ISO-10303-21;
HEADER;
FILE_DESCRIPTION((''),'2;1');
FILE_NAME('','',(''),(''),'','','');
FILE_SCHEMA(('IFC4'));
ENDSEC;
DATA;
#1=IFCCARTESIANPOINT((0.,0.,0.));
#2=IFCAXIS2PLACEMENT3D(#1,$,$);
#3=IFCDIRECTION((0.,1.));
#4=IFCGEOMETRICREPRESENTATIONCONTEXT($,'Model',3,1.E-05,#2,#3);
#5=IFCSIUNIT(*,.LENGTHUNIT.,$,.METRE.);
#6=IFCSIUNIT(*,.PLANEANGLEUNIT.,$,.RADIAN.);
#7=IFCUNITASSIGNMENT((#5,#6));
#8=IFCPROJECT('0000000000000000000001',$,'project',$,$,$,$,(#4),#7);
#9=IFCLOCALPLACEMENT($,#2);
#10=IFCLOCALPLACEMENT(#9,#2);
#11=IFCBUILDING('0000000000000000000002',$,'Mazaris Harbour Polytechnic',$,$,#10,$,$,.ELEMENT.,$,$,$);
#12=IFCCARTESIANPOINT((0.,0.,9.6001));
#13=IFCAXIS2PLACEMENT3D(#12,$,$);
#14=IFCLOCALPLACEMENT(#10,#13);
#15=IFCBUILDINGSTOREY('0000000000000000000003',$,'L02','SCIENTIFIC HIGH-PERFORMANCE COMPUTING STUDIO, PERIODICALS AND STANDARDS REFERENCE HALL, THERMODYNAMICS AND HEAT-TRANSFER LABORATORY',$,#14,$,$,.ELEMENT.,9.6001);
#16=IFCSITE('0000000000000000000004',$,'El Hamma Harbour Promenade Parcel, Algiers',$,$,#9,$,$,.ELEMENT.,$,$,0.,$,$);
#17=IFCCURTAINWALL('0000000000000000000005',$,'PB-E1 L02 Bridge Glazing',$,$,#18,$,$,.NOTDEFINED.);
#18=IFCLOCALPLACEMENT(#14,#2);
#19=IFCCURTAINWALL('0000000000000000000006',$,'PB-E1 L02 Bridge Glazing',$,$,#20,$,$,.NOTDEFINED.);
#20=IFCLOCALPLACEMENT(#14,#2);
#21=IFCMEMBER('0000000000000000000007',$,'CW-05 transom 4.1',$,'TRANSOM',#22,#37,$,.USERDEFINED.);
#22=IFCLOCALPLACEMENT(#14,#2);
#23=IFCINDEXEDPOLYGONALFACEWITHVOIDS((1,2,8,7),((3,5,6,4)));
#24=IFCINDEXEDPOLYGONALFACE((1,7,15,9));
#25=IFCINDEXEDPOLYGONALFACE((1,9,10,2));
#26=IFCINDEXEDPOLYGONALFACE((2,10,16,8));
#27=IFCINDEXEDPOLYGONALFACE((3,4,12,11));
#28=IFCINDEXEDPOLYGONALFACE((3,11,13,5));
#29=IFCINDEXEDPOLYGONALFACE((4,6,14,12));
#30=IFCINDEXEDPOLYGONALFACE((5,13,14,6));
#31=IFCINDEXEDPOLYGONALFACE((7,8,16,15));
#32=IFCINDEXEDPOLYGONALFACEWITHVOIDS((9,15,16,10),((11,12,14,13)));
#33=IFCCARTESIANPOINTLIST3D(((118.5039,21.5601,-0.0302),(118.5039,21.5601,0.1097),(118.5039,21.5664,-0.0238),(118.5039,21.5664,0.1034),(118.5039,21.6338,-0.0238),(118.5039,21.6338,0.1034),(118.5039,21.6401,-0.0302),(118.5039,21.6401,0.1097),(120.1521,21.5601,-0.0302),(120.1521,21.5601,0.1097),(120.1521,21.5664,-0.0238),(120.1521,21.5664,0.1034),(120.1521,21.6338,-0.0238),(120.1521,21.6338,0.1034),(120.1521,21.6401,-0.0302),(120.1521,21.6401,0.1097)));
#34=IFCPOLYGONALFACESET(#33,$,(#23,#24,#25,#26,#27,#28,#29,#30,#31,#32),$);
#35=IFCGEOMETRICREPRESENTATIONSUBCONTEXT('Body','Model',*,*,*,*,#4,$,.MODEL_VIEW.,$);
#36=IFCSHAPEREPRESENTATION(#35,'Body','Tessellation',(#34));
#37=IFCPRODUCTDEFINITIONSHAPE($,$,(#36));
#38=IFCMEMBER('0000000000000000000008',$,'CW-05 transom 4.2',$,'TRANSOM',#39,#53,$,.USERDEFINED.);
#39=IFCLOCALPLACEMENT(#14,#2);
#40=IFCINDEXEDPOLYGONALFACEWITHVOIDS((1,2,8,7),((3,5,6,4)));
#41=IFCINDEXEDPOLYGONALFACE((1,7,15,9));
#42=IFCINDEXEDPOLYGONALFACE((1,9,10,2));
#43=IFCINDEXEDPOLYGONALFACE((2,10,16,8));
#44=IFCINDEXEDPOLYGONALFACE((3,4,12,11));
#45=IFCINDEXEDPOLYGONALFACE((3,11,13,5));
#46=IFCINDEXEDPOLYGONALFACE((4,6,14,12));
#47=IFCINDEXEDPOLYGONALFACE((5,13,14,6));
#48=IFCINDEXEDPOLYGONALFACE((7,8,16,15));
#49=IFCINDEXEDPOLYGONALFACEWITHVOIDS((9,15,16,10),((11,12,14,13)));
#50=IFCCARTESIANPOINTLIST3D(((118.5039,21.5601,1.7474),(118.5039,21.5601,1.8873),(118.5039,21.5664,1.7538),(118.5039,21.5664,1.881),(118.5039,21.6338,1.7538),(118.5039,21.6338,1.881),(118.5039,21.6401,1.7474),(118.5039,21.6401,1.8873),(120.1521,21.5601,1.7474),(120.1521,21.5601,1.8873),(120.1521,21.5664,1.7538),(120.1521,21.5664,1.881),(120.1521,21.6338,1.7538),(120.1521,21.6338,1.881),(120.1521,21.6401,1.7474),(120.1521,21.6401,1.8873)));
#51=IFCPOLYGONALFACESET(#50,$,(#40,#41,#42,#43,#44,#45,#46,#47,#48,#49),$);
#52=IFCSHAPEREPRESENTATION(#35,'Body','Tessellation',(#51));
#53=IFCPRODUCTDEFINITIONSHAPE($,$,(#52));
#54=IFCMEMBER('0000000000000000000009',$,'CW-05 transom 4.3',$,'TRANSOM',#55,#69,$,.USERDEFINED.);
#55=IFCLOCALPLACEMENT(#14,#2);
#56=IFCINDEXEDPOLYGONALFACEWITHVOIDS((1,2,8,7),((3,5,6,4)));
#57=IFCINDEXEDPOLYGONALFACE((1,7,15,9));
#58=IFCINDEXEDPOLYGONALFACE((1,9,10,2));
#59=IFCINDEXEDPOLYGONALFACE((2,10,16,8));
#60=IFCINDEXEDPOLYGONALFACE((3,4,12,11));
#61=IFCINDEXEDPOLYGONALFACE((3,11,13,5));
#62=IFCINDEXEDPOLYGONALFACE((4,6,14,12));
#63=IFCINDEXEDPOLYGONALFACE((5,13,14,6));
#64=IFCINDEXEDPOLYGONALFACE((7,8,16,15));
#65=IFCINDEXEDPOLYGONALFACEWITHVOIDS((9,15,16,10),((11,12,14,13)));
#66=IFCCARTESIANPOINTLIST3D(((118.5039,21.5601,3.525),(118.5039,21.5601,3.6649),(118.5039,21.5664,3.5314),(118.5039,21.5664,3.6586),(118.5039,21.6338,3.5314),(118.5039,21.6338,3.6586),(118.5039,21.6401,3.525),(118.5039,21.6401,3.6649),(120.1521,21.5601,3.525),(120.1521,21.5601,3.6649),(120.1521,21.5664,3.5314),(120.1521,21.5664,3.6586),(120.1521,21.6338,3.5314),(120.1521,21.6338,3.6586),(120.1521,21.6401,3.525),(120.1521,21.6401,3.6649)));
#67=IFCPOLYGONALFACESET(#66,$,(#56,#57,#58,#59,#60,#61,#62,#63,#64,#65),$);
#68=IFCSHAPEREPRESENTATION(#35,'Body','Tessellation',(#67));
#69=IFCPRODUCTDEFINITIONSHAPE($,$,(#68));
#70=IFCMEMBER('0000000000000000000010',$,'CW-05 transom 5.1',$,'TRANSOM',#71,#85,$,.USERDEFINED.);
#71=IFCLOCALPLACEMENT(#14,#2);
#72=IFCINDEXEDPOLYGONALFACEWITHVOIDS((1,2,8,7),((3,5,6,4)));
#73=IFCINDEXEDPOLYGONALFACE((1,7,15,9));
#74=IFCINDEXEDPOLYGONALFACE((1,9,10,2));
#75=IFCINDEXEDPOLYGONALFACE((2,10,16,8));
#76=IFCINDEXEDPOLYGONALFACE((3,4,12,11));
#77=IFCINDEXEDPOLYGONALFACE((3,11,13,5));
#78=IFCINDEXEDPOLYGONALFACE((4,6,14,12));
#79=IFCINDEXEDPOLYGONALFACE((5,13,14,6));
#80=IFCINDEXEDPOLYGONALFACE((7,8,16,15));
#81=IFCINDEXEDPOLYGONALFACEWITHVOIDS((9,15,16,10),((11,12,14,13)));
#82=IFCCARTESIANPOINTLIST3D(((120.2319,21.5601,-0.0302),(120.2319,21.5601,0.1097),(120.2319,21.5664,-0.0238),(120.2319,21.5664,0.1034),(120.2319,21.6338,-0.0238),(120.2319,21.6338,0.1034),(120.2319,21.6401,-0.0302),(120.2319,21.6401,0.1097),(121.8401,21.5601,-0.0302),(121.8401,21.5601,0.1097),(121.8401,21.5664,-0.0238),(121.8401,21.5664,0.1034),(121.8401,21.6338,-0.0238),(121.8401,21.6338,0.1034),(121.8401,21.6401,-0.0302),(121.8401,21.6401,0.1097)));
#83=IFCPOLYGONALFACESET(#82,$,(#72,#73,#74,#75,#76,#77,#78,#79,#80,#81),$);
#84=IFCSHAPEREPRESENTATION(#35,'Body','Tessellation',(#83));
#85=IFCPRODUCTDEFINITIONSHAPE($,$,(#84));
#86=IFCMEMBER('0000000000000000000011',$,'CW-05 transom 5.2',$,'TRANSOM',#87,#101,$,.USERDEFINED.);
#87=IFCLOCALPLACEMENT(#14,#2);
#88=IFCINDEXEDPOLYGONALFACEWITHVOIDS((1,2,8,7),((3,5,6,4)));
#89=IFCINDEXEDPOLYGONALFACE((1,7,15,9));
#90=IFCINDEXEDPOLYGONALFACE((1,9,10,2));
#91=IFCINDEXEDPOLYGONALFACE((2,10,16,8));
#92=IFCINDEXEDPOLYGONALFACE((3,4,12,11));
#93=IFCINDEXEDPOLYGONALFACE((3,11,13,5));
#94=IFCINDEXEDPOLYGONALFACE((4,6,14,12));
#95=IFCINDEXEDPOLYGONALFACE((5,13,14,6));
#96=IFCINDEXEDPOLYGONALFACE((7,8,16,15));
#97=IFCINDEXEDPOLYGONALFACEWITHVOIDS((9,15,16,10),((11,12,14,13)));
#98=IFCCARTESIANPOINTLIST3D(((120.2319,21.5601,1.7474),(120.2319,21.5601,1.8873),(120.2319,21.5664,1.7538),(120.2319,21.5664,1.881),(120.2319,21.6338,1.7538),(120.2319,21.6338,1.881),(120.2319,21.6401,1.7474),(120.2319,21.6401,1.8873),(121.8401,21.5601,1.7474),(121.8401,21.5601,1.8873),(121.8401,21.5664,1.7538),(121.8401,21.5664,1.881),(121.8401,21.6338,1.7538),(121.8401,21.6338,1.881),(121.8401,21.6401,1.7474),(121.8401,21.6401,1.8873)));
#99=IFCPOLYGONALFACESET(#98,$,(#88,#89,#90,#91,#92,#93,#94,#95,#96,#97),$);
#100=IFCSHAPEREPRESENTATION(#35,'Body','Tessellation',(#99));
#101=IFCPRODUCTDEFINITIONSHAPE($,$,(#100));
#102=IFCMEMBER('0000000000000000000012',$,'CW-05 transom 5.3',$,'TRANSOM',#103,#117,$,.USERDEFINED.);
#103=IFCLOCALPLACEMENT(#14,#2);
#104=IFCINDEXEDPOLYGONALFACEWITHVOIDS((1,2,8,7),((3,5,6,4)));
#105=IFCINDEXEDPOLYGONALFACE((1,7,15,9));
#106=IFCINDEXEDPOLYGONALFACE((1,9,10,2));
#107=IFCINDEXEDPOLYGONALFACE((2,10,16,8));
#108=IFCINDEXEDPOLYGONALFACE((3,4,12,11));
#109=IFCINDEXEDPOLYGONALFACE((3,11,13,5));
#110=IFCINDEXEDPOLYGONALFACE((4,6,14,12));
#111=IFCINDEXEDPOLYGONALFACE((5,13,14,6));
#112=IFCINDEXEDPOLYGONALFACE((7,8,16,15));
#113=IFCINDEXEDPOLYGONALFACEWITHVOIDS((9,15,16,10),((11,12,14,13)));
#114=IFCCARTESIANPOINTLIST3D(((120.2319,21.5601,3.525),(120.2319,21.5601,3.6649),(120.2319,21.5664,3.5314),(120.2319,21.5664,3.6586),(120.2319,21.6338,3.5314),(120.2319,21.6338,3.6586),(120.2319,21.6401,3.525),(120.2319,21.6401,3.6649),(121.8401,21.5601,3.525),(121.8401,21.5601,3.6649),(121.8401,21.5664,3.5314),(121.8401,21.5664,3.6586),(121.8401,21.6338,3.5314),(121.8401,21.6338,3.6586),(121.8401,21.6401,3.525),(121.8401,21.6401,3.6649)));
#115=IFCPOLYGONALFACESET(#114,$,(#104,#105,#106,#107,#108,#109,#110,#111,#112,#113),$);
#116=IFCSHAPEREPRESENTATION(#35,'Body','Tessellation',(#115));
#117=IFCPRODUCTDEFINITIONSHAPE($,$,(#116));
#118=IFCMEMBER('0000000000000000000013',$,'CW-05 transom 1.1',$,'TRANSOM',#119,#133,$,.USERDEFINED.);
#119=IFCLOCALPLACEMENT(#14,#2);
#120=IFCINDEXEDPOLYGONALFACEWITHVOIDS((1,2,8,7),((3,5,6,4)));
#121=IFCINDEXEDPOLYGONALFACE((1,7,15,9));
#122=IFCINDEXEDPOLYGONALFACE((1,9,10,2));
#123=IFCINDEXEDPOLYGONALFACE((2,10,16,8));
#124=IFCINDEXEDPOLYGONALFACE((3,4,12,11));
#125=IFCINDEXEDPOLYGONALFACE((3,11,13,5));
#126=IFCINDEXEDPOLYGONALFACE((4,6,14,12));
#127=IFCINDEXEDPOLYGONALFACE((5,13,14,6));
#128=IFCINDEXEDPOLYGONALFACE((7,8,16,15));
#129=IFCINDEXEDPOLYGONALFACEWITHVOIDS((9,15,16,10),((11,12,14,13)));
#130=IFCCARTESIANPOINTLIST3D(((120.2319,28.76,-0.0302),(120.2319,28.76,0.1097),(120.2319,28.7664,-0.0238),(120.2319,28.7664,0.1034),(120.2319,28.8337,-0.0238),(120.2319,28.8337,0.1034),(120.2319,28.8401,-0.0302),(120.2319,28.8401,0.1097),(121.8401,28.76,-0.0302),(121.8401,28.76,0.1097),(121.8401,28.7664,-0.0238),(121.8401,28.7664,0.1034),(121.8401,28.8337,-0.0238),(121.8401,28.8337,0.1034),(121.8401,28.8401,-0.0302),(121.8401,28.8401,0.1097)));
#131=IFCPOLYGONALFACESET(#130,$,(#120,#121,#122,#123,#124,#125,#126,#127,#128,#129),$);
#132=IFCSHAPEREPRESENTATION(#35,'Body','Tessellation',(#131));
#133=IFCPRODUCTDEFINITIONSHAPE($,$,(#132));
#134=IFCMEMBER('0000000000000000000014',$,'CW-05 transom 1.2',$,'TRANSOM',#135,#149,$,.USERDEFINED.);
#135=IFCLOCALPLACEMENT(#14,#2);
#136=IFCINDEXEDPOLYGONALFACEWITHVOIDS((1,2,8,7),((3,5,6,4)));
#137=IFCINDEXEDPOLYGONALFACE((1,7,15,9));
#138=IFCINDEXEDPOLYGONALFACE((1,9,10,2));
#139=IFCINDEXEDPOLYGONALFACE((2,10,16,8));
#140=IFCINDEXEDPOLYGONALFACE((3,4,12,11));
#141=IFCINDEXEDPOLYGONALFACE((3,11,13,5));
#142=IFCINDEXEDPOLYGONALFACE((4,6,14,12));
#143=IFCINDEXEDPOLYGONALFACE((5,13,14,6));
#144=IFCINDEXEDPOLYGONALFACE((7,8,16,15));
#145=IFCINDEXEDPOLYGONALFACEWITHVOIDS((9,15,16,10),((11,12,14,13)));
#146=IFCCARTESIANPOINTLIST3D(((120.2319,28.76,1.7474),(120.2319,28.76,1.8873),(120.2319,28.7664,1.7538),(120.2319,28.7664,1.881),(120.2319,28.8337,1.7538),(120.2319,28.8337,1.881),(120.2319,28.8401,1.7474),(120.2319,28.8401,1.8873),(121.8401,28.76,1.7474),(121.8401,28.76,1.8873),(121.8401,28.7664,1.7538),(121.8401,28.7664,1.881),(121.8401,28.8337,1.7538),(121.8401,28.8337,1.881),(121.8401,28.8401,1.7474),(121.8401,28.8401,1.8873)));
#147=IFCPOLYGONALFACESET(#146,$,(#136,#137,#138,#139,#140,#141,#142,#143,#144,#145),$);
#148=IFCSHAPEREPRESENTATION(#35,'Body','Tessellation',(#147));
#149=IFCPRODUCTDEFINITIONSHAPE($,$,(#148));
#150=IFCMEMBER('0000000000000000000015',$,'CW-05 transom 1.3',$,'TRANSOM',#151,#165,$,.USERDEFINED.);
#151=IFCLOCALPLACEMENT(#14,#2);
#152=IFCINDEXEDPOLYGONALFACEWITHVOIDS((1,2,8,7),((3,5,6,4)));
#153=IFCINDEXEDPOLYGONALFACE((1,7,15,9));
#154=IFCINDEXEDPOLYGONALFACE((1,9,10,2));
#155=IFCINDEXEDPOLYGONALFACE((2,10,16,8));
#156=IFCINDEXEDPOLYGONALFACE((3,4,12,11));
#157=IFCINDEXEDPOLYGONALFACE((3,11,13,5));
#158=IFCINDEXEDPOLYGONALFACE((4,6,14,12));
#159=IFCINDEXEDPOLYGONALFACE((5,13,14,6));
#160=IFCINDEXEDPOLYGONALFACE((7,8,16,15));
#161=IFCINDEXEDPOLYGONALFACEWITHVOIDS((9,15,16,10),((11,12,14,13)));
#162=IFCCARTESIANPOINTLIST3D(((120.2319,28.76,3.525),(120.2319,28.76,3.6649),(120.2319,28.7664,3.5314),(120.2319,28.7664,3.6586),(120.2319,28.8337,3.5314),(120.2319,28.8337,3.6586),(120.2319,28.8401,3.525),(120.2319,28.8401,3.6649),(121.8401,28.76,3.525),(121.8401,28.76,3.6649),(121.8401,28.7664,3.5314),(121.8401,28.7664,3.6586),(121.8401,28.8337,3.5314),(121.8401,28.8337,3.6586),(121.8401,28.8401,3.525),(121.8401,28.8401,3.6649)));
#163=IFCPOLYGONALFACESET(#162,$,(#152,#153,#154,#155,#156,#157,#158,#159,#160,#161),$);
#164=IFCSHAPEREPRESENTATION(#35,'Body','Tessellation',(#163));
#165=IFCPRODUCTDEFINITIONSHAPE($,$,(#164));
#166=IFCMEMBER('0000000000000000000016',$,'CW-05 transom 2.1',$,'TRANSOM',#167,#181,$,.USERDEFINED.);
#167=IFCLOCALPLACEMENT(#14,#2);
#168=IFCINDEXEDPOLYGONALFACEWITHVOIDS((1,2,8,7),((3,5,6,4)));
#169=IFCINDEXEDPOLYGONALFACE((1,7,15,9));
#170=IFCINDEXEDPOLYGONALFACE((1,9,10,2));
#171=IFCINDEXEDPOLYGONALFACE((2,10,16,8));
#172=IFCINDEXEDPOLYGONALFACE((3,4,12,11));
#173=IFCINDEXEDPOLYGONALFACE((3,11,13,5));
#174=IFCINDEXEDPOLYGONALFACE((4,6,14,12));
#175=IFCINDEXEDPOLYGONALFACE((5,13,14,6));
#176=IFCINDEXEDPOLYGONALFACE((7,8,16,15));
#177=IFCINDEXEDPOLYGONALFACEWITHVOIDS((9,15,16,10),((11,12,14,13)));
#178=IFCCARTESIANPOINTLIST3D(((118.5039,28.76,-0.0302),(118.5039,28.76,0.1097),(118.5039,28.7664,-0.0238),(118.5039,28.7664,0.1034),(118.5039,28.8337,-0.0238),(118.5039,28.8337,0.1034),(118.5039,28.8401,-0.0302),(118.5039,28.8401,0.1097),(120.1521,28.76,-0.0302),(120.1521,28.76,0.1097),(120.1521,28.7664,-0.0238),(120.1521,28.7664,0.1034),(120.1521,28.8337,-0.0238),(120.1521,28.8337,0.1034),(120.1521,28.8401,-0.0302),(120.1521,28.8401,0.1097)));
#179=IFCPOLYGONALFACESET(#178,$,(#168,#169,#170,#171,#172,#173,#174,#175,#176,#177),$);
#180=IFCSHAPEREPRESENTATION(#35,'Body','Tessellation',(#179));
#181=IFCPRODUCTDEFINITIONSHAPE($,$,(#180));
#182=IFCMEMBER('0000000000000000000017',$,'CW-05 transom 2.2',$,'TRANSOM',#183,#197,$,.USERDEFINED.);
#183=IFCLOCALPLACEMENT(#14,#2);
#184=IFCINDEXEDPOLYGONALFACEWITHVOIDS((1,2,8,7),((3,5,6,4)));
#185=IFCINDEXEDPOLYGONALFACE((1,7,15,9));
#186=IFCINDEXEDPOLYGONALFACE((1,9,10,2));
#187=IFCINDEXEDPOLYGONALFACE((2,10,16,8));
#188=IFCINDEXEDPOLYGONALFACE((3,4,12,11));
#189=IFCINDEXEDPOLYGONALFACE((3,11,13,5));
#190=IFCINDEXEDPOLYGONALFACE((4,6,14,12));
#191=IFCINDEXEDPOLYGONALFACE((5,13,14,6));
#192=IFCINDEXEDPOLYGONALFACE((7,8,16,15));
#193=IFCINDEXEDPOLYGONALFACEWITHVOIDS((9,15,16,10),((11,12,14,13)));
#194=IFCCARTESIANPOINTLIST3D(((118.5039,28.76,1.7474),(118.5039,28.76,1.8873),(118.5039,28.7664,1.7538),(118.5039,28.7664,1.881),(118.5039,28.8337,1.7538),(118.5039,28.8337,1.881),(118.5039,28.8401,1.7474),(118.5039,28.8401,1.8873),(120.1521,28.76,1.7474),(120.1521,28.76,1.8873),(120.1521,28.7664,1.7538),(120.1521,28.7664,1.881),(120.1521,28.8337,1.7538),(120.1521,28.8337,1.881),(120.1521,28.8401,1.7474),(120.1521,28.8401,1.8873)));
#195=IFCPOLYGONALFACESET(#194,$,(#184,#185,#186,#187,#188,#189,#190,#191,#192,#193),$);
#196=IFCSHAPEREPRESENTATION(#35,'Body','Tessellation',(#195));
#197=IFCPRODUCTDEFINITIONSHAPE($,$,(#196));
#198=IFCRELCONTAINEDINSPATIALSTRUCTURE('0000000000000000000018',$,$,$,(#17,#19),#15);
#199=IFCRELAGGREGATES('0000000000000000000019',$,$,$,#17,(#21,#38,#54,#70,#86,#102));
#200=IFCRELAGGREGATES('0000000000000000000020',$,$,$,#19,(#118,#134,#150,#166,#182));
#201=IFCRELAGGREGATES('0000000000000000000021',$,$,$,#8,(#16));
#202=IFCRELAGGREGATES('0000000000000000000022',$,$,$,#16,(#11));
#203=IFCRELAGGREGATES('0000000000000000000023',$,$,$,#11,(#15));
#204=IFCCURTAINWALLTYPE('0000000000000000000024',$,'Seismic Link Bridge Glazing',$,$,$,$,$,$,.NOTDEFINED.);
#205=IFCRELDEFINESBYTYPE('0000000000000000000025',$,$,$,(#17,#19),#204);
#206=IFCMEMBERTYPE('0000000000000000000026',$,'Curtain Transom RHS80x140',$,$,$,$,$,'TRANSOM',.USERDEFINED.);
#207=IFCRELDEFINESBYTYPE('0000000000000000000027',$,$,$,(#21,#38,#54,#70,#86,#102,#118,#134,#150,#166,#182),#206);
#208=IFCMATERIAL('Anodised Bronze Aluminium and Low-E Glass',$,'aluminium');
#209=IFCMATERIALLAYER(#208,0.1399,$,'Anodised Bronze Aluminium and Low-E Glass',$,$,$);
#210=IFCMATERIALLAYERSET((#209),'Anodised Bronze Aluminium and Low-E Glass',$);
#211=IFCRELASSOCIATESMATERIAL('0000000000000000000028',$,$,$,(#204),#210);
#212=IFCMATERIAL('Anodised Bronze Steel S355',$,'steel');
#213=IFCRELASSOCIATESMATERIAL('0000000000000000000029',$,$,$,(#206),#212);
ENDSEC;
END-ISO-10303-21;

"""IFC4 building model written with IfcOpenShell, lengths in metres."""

from ifc_helpers import new_model, si_unit, direction, frame, origin, origin_2d, place, context, subcontext, project, spatial, hollow_rectangle, extrude, material, layer, layer_set, material_profile, profile_set, type_object, element, aggregate, save


model = new_model("IFC4")

# Units and contexts
model_context = context("Model", 3, precision=1e-05, world=origin(), true_north=direction((0.0, 1.0)))
body_context = subcontext(model_context, "Body", "Model", "MODEL_VIEW")
ifc_project = project(units=[si_unit("LENGTHUNIT", "METRE"), si_unit("PLANEANGLEUNIT", "RADIAN")], contexts=[model_context])

# Site, building, storey
site_placement = place(None, origin())
site = spatial("IfcSite", under=ifc_project, at=site_placement, Name="El Hamma Harbour Promenade Parcel, Algiers", CompositionType="ELEMENT", RefElevation=0.0)
building_placement = place(site_placement, origin())
building = spatial("IfcBuilding", under=site, at=building_placement, Name="Mazaris Harbour Polytechnic", CompositionType="ELEMENT")
storey_placement = place(building_placement, frame((0.0, 0.0, 9.6001)))
storey = spatial("IfcBuildingStorey", under=building, at=storey_placement, Name="L02", Description="SCIENTIFIC HIGH-PERFORMANCE COMPUTING STUDIO, PERIODICALS AND STANDARDS REFERENCE HALL, THERMODYNAMICS AND HEAT-TRANSFER LABORATORY", CompositionType="ELEMENT", Elevation=9.6001)

# Curtain walls
ifc_material_1 = material(Name="Anodised Bronze Aluminium and Low-E Glass", Category="aluminium")
ifc_layer_1 = layer(ifc_material_1, 0.1399, Name="Anodised Bronze Aluminium and Low-E Glass")
ifc_layer_set_1 = layer_set([ifc_layer_1], Name="Anodised Bronze Aluminium and Low-E Glass")
curtain_wall_type = type_object("IfcCurtainWallType", Name="Seismic Link Bridge Glazing", PredefinedType="NOTDEFINED", material=ifc_layer_set_1)
curtain_wall_1_placement = place(storey_placement, origin())
curtain_wall_1 = element("IfcCurtainWall", 1, at=curtain_wall_1_placement, inside=storey, type_object=curtain_wall_type, Name="PB-E1 L02 Bridge Glazing", PredefinedType="NOTDEFINED")
curtain_wall_2_placement = place(storey_placement, origin())
curtain_wall_2 = element("IfcCurtainWall", 2, at=curtain_wall_2_placement, inside=storey, type_object=curtain_wall_type, Name="PB-E1 L02 Bridge Glazing", PredefinedType="NOTDEFINED")

# Members
ifc_material_2 = material(Name="Anodised Bronze Steel S355", Category="steel")
ifc_material_profile_1 = material_profile(ifc_material_2, hollow_rectangle(XDim=0.0801, YDim=0.1399, WallThickness=0.0063, at=origin_2d()), Name="RHS 80x140x6.3")
ifc_profile_set_1 = profile_set([ifc_material_profile_1], Name="Anodised Bronze Steel S355")
member_type_1 = type_object("IfcMemberType", Name="Curtain Transom RHS80x140", ElementType="TRANSOM", PredefinedType="USERDEFINED", material=ifc_profile_set_1)
member_1_placement = place(storey_placement, frame((118.5039, 21.6001, 0.0398), z_axis=(1.0, 0.0, 0.0), x_axis=(0.0, 1.0, 0.0)))
member_1 = element("IfcMember", 3, at=member_1_placement, type_object=member_type_1, Name="CW-05 transom 4.1", ObjectType="TRANSOM", PredefinedType="USERDEFINED", context=body_context, shape_type="SweptSolid", body=[
    extrude(hollow_rectangle(XDim=0.0801, YDim=0.1399, WallThickness=0.0063, at=origin_2d()), origin(), (0.0, 0.0, 1.0), 1.6482),
])
member_2_placement = place(storey_placement, frame((118.5039, 21.6001, 1.8174), z_axis=(1.0, 0.0, 0.0), x_axis=(0.0, 1.0, 0.0)))
member_2 = element("IfcMember", 4, at=member_2_placement, type_object=member_type_1, Name="CW-05 transom 4.2", ObjectType="TRANSOM", PredefinedType="USERDEFINED", context=body_context, shape_type="SweptSolid", body=[
    extrude(hollow_rectangle(XDim=0.0801, YDim=0.1399, WallThickness=0.0063, at=origin_2d()), origin(), (0.0, 0.0, 1.0), 1.6482),
])
member_3_placement = place(storey_placement, frame((118.5039, 21.6001, 3.595), z_axis=(1.0, 0.0, 0.0), x_axis=(0.0, 1.0, 0.0)))
member_3 = element("IfcMember", 5, at=member_3_placement, type_object=member_type_1, Name="CW-05 transom 4.3", ObjectType="TRANSOM", PredefinedType="USERDEFINED", context=body_context, shape_type="SweptSolid", body=[
    extrude(hollow_rectangle(XDim=0.0801, YDim=0.1399, WallThickness=0.0063, at=origin_2d()), origin(), (0.0, 0.0, 1.0), 1.6482),
])
member_4_placement = place(storey_placement, frame((120.2319, 21.6001, 0.0398), z_axis=(1.0, 0.0, 0.0), x_axis=(0.0, 1.0, 0.0)))
member_4 = element("IfcMember", 6, at=member_4_placement, type_object=member_type_1, Name="CW-05 transom 5.1", ObjectType="TRANSOM", PredefinedType="USERDEFINED", context=body_context, shape_type="SweptSolid", body=[
    extrude(hollow_rectangle(XDim=0.0801, YDim=0.1399, WallThickness=0.0063, at=origin_2d()), origin(), (0.0, 0.0, 1.0), 1.6082),
])
member_5_placement = place(storey_placement, frame((120.2319, 21.6001, 1.8174), z_axis=(1.0, 0.0, 0.0), x_axis=(0.0, 1.0, 0.0)))
member_5 = element("IfcMember", 7, at=member_5_placement, type_object=member_type_1, Name="CW-05 transom 5.2", ObjectType="TRANSOM", PredefinedType="USERDEFINED", context=body_context, shape_type="SweptSolid", body=[
    extrude(hollow_rectangle(XDim=0.0801, YDim=0.1399, WallThickness=0.0063, at=origin_2d()), origin(), (0.0, 0.0, 1.0), 1.6082),
])
member_6_placement = place(storey_placement, frame((120.2319, 21.6001, 3.595), z_axis=(1.0, 0.0, 0.0), x_axis=(0.0, 1.0, 0.0)))
member_6 = element("IfcMember", 8, at=member_6_placement, type_object=member_type_1, Name="CW-05 transom 5.3", ObjectType="TRANSOM", PredefinedType="USERDEFINED", context=body_context, shape_type="SweptSolid", body=[
    extrude(hollow_rectangle(XDim=0.0801, YDim=0.1399, WallThickness=0.0063, at=origin_2d()), origin(), (0.0, 0.0, 1.0), 1.6082),
])
member_7_placement = place(storey_placement, frame((121.8401, 28.8, 0.0398), z_axis=(-1.0, 0.0, 0.0), x_axis=(0.0, -1.0, 0.0)))
member_7 = element("IfcMember", 9, at=member_7_placement, type_object=member_type_1, Name="CW-05 transom 1.1", ObjectType="TRANSOM", PredefinedType="USERDEFINED", context=body_context, shape_type="SweptSolid", body=[
    extrude(hollow_rectangle(XDim=0.0801, YDim=0.1399, WallThickness=0.0063, at=origin_2d()), origin(), (0.0, 0.0, 1.0), 1.6082),
])
member_8_placement = place(storey_placement, frame((121.8401, 28.8, 1.8174), z_axis=(-1.0, 0.0, 0.0), x_axis=(0.0, -1.0, 0.0)))
member_8 = element("IfcMember", 10, at=member_8_placement, type_object=member_type_1, Name="CW-05 transom 1.2", ObjectType="TRANSOM", PredefinedType="USERDEFINED", context=body_context, shape_type="SweptSolid", body=[
    extrude(hollow_rectangle(XDim=0.0801, YDim=0.1399, WallThickness=0.0063, at=origin_2d()), origin(), (0.0, 0.0, 1.0), 1.6082),
])
member_9_placement = place(storey_placement, frame((121.8401, 28.8, 3.595), z_axis=(-1.0, 0.0, 0.0), x_axis=(0.0, -1.0, 0.0)))
member_9 = element("IfcMember", 11, at=member_9_placement, type_object=member_type_1, Name="CW-05 transom 1.3", ObjectType="TRANSOM", PredefinedType="USERDEFINED", context=body_context, shape_type="SweptSolid", body=[
    extrude(hollow_rectangle(XDim=0.0801, YDim=0.1399, WallThickness=0.0063, at=origin_2d()), origin(), (0.0, 0.0, 1.0), 1.6082),
])
member_10_placement = place(storey_placement, frame((120.1521, 28.8, 0.0398), z_axis=(-1.0, 0.0, 0.0), x_axis=(0.0, -1.0, 0.0)))
member_10 = element("IfcMember", 12, at=member_10_placement, type_object=member_type_1, Name="CW-05 transom 2.1", ObjectType="TRANSOM", PredefinedType="USERDEFINED", context=body_context, shape_type="SweptSolid", body=[
    extrude(hollow_rectangle(XDim=0.0801, YDim=0.1399, WallThickness=0.0063, at=origin_2d()), origin(), (0.0, 0.0, 1.0), 1.6482),
])
member_11_placement = place(storey_placement, frame((120.1521, 28.8, 1.8174), z_axis=(-1.0, 0.0, 0.0), x_axis=(0.0, -1.0, 0.0)))
member_11 = element("IfcMember", 13, at=member_11_placement, type_object=member_type_1, Name="CW-05 transom 2.2", ObjectType="TRANSOM", PredefinedType="USERDEFINED", context=body_context, shape_type="SweptSolid", body=[
    extrude(hollow_rectangle(XDim=0.0801, YDim=0.1399, WallThickness=0.0063, at=origin_2d()), origin(), (0.0, 0.0, 1.0), 1.6482),
])

aggregate(curtain_wall_1, [member_1, member_2, member_3, member_4, member_5, member_6])
aggregate(curtain_wall_2, [member_7, member_8, member_9, member_10, member_11])

save(model, "model.ifc")
